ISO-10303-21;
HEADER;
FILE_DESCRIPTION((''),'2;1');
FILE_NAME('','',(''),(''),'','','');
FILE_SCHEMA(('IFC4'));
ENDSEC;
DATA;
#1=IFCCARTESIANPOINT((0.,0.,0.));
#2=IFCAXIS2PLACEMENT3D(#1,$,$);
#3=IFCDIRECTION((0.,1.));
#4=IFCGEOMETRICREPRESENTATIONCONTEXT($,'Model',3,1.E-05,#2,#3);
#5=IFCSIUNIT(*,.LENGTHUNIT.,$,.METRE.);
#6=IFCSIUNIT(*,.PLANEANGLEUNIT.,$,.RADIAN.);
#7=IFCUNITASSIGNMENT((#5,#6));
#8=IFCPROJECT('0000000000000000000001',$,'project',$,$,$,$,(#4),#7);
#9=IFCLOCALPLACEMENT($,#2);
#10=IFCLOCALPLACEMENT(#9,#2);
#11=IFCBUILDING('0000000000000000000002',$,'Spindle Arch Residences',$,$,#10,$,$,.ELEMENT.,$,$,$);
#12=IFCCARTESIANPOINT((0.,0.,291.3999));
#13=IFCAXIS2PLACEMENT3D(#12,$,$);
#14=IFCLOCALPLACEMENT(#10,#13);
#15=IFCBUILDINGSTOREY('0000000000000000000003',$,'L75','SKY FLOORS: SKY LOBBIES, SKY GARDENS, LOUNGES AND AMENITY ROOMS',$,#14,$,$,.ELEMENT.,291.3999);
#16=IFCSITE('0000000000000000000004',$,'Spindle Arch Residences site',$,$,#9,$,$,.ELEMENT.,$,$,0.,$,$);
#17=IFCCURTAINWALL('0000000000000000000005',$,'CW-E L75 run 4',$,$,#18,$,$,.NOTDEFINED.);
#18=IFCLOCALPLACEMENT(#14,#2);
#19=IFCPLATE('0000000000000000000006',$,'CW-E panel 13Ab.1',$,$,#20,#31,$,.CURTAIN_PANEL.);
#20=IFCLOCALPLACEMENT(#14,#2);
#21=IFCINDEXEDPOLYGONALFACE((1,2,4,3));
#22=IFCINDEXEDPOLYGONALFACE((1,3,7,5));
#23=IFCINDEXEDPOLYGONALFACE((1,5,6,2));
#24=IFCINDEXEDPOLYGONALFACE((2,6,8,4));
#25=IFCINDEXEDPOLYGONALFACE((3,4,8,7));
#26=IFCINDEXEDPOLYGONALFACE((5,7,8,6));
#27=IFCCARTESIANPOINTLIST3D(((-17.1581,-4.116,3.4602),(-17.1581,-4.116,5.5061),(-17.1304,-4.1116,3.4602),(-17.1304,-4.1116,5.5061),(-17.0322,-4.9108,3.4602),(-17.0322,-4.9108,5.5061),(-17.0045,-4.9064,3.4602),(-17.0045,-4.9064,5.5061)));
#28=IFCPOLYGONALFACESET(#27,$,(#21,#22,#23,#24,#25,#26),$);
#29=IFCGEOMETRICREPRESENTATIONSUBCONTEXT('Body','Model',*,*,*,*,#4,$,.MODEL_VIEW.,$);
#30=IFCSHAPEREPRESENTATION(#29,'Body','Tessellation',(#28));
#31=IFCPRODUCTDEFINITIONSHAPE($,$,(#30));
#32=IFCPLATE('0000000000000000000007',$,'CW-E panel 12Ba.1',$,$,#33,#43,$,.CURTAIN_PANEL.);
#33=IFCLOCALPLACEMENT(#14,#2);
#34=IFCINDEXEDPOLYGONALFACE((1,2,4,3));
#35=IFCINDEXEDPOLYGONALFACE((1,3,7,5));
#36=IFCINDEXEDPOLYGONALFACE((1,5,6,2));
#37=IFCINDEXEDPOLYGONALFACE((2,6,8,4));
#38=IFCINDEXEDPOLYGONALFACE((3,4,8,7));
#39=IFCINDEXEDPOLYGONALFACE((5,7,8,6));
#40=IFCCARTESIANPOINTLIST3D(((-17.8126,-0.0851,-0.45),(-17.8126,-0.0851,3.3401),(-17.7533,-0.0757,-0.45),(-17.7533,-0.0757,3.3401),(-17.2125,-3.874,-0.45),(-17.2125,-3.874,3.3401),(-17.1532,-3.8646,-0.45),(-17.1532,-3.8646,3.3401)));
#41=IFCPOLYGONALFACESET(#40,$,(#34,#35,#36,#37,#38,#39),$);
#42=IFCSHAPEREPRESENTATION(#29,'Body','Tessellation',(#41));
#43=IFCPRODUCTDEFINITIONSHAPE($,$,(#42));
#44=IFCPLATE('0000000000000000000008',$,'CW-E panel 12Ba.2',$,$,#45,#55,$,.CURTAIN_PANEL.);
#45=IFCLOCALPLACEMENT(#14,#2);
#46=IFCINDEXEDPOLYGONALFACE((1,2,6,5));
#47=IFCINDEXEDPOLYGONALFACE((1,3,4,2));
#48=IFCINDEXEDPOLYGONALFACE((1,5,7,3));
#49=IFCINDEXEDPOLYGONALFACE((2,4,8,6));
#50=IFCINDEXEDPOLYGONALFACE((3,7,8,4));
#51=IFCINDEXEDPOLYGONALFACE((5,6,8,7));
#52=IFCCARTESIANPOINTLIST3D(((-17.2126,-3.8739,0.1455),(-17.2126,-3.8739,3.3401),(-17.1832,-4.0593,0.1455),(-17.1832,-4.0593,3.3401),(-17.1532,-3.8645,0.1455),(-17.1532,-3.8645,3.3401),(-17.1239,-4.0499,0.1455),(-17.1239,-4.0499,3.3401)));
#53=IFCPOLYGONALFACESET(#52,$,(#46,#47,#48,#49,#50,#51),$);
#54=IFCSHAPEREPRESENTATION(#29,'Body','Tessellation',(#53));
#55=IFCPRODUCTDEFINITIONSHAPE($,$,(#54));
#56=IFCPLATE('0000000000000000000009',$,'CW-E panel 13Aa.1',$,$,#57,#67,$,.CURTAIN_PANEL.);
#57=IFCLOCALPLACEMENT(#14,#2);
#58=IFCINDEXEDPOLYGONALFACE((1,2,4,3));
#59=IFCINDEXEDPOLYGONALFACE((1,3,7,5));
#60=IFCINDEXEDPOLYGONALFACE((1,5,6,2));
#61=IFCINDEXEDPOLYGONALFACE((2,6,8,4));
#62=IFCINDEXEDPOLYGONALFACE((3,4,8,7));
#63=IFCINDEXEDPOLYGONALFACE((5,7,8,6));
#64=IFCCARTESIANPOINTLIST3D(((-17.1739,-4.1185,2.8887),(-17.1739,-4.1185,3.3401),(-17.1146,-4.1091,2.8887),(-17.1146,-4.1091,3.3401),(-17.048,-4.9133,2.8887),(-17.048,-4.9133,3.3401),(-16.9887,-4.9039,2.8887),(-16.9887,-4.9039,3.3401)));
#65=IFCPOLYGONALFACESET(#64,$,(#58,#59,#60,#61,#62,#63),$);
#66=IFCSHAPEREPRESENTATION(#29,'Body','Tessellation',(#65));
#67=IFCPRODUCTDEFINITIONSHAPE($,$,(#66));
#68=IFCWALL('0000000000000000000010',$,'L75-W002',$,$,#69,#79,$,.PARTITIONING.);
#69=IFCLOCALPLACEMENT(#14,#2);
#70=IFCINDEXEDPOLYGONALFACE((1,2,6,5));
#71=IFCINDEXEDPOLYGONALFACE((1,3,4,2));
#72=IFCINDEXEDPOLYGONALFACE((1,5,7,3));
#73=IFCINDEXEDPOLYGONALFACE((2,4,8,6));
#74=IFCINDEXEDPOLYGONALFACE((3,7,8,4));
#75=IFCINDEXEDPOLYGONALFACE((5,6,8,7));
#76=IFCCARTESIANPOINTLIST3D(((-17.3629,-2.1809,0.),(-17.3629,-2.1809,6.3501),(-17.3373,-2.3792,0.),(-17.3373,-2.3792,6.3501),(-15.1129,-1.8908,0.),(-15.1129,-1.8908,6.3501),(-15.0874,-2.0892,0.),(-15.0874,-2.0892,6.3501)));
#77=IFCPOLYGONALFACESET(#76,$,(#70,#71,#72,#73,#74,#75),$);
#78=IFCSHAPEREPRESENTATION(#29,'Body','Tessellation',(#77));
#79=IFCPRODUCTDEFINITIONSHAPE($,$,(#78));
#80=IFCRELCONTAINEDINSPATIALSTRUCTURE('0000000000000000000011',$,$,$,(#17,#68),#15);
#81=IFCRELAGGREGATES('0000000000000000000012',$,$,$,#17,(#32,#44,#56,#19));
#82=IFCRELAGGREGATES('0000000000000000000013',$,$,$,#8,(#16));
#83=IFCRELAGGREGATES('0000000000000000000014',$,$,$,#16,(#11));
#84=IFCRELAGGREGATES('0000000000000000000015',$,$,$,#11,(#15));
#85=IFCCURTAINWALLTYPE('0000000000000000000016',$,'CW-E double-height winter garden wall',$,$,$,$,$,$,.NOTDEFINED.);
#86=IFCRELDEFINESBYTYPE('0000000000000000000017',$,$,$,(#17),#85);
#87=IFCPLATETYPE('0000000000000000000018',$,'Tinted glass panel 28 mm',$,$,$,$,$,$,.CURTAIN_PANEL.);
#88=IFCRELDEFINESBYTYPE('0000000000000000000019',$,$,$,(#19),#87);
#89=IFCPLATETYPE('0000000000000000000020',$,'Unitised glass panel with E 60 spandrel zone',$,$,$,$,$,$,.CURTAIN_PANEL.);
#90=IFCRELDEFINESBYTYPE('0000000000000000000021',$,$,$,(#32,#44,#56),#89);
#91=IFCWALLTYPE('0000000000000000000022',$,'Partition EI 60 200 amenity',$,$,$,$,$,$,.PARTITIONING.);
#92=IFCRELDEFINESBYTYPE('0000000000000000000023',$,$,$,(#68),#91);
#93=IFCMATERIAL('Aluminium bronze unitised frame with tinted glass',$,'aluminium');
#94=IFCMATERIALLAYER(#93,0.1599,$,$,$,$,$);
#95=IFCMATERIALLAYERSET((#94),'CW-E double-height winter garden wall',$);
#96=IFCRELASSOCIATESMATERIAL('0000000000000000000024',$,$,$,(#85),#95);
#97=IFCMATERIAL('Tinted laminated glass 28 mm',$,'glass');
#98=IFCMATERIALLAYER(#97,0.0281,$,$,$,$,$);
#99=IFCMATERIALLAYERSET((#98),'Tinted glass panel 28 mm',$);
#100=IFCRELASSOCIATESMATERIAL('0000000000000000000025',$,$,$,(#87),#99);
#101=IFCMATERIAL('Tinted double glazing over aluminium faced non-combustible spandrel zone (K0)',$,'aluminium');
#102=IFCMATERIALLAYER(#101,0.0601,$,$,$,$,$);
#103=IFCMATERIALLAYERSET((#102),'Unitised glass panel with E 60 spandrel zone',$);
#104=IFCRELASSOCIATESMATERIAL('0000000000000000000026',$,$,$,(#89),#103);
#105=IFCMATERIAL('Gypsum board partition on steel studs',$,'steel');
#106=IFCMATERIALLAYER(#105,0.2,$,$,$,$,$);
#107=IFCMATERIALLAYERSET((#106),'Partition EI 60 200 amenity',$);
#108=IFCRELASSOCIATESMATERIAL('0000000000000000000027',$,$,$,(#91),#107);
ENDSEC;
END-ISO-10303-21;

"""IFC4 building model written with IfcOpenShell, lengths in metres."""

from ifc_helpers import new_model, si_unit, direction, frame, frame_2d, origin, origin_2d, place, context, subcontext, project, spatial, rectangle, extrude, material, layer, layer_set, type_object, element, aggregate, save


model = new_model("IFC4")

# Units and contexts
model_context = context("Model", 3, precision=1e-05, world=origin(), true_north=direction((0.0, 1.0)))
body_context = subcontext(model_context, "Body", "Model", "MODEL_VIEW")
ifc_project = project(units=[si_unit("LENGTHUNIT", "METRE"), si_unit("PLANEANGLEUNIT", "RADIAN")], contexts=[model_context])

# Site, building, storey
site_placement = place(None, origin())
site = spatial("IfcSite", under=ifc_project, at=site_placement, Name="Spindle Arch Residences site", CompositionType="ELEMENT", RefElevation=0.0)
building_placement = place(site_placement, origin())
building = spatial("IfcBuilding", under=site, at=building_placement, Name="Spindle Arch Residences", CompositionType="ELEMENT")
storey_placement = place(building_placement, frame((0.0, 0.0, 291.3999)))
storey = spatial("IfcBuildingStorey", under=building, at=storey_placement, Name="L75", Description="SKY FLOORS: SKY LOBBIES, SKY GARDENS, LOUNGES AND AMENITY ROOMS", CompositionType="ELEMENT", Elevation=291.3999)

# Curtain wall, plates
ifc_material_1 = material(Name="Aluminium bronze unitised frame with tinted glass", Category="aluminium")
ifc_layer_1 = layer(ifc_material_1, 0.1599)
ifc_layer_set_1 = layer_set([ifc_layer_1], Name="CW-E double-height winter garden wall")
curtain_wall_type = type_object("IfcCurtainWallType", Name="CW-E double-height winter garden wall", PredefinedType="NOTDEFINED", material=ifc_layer_set_1)
curtain_wall_placement = place(storey_placement, origin())
curtain_wall = element("IfcCurtainWall", 1, at=curtain_wall_placement, inside=storey, type_object=curtain_wall_type, Name="CW-E L75 run 4", PredefinedType="NOTDEFINED")
ifc_material_2 = material(Name="Tinted laminated glass 28 mm", Category="glass")
ifc_layer_2 = layer(ifc_material_2, 0.0281)
ifc_layer_set_2 = layer_set([ifc_layer_2], Name="Tinted glass panel 28 mm")
plate_type_1 = type_object("IfcPlateType", Name="Tinted glass panel 28 mm", PredefinedType="CURTAIN_PANEL", material=ifc_layer_set_2)
plate_1_placement = place(storey_placement, frame((-17.0813, -4.5112, 3.4602), z_axis=(0.0, 0.0, 1.0), x_axis=(0.156434, -0.987688, 0.0)))
plate_1 = element("IfcPlate", 2, at=plate_1_placement, type_object=plate_type_1, Name="CW-E panel 13Ab.1", PredefinedType="CURTAIN_PANEL", context=body_context, shape_type="SweptSolid", body=[
    extrude(rectangle(XDim=0.8047, YDim=0.0281, at=origin_2d()), origin(), (0.0, 0.0, 1.0), 2.0459),
])
ifc_material_3 = material(Name="Tinted double glazing over aluminium faced non-combustible spandrel zone (K0)", Category="aluminium")
ifc_layer_3 = layer(ifc_material_3, 0.0601)
ifc_layer_set_3 = layer_set([ifc_layer_3], Name="Unitised glass panel with E 60 spandrel zone")
plate_type_2 = type_object("IfcPlateType", Name="Unitised glass panel with E 60 spandrel zone", PredefinedType="CURTAIN_PANEL", material=ifc_layer_set_3)
plate_2_placement = place(storey_placement, frame((-17.4829, -1.9749, -0.45), z_axis=(0.0, 0.0, 1.0), x_axis=(0.156434, -0.987688, 0.0)))
plate_2 = element("IfcPlate", 3, at=plate_2_placement, type_object=plate_type_2, Name="CW-E panel 12Ba.1", PredefinedType="CURTAIN_PANEL", context=body_context, shape_type="SweptSolid", body=[
    extrude(rectangle(XDim=3.8362, YDim=0.0601, at=origin_2d()), origin(), (0.0, 0.0, 1.0), 3.79),
])
plate_3_placement = place(storey_placement, frame((-17.1682, -3.9619, 0.1455), z_axis=(0.0, 0.0, 1.0), x_axis=(0.156434, -0.987688, 0.0)))
plate_3 = element("IfcPlate", 4, at=plate_3_placement, type_object=plate_type_2, Name="CW-E panel 12Ba.2", PredefinedType="CURTAIN_PANEL", context=body_context, shape_type="SweptSolid", body=[
    extrude(rectangle(XDim=0.1877, YDim=0.0601, at=origin_2d()), origin(), (0.0, 0.0, 1.0), 3.1946),
])
plate_4_placement = place(storey_placement, frame((-17.0813, -4.5112, 2.8887), z_axis=(0.0, 0.0, 1.0), x_axis=(0.156434, -0.987688, 0.0)))
plate_4 = element("IfcPlate", 5, at=plate_4_placement, type_object=plate_type_2, Name="CW-E panel 13Aa.1", PredefinedType="CURTAIN_PANEL", context=body_context, shape_type="SweptSolid", body=[
    extrude(rectangle(XDim=0.8047, YDim=0.0601, at=origin_2d()), origin(), (0.0, 0.0, 1.0), 0.4514),
])
aggregate(curtain_wall, [plate_2, plate_3, plate_4, plate_1])

# Wall
ifc_material_4 = material(Name="Gypsum board partition on steel studs", Category="steel")
ifc_layer_4 = layer(ifc_material_4, 0.2)
ifc_layer_set_4 = layer_set([ifc_layer_4], Name="Partition EI 60 200 amenity")
wall_type = type_object("IfcWallType", Name="Partition EI 60 200 amenity", PredefinedType="PARTITIONING", material=ifc_layer_set_4)
wall_placement = place(storey_placement, frame((-17.3501, -2.28, 0.0), z_axis=(0.0, 0.0, 1.0), x_axis=(0.991794, 0.127848, 0.0)))
element("IfcWall", 6, at=wall_placement, inside=storey, type_object=wall_type, Name="L75-W002", PredefinedType="PARTITIONING", context=body_context, shape_type="SweptSolid", body=[
    extrude(rectangle(XDim=2.2686, YDim=0.2, at=frame_2d((1.1343, 0.0))), origin(), (0.0, 0.0, 1.0), 6.3501),
])

save(model, "model.ifc")
